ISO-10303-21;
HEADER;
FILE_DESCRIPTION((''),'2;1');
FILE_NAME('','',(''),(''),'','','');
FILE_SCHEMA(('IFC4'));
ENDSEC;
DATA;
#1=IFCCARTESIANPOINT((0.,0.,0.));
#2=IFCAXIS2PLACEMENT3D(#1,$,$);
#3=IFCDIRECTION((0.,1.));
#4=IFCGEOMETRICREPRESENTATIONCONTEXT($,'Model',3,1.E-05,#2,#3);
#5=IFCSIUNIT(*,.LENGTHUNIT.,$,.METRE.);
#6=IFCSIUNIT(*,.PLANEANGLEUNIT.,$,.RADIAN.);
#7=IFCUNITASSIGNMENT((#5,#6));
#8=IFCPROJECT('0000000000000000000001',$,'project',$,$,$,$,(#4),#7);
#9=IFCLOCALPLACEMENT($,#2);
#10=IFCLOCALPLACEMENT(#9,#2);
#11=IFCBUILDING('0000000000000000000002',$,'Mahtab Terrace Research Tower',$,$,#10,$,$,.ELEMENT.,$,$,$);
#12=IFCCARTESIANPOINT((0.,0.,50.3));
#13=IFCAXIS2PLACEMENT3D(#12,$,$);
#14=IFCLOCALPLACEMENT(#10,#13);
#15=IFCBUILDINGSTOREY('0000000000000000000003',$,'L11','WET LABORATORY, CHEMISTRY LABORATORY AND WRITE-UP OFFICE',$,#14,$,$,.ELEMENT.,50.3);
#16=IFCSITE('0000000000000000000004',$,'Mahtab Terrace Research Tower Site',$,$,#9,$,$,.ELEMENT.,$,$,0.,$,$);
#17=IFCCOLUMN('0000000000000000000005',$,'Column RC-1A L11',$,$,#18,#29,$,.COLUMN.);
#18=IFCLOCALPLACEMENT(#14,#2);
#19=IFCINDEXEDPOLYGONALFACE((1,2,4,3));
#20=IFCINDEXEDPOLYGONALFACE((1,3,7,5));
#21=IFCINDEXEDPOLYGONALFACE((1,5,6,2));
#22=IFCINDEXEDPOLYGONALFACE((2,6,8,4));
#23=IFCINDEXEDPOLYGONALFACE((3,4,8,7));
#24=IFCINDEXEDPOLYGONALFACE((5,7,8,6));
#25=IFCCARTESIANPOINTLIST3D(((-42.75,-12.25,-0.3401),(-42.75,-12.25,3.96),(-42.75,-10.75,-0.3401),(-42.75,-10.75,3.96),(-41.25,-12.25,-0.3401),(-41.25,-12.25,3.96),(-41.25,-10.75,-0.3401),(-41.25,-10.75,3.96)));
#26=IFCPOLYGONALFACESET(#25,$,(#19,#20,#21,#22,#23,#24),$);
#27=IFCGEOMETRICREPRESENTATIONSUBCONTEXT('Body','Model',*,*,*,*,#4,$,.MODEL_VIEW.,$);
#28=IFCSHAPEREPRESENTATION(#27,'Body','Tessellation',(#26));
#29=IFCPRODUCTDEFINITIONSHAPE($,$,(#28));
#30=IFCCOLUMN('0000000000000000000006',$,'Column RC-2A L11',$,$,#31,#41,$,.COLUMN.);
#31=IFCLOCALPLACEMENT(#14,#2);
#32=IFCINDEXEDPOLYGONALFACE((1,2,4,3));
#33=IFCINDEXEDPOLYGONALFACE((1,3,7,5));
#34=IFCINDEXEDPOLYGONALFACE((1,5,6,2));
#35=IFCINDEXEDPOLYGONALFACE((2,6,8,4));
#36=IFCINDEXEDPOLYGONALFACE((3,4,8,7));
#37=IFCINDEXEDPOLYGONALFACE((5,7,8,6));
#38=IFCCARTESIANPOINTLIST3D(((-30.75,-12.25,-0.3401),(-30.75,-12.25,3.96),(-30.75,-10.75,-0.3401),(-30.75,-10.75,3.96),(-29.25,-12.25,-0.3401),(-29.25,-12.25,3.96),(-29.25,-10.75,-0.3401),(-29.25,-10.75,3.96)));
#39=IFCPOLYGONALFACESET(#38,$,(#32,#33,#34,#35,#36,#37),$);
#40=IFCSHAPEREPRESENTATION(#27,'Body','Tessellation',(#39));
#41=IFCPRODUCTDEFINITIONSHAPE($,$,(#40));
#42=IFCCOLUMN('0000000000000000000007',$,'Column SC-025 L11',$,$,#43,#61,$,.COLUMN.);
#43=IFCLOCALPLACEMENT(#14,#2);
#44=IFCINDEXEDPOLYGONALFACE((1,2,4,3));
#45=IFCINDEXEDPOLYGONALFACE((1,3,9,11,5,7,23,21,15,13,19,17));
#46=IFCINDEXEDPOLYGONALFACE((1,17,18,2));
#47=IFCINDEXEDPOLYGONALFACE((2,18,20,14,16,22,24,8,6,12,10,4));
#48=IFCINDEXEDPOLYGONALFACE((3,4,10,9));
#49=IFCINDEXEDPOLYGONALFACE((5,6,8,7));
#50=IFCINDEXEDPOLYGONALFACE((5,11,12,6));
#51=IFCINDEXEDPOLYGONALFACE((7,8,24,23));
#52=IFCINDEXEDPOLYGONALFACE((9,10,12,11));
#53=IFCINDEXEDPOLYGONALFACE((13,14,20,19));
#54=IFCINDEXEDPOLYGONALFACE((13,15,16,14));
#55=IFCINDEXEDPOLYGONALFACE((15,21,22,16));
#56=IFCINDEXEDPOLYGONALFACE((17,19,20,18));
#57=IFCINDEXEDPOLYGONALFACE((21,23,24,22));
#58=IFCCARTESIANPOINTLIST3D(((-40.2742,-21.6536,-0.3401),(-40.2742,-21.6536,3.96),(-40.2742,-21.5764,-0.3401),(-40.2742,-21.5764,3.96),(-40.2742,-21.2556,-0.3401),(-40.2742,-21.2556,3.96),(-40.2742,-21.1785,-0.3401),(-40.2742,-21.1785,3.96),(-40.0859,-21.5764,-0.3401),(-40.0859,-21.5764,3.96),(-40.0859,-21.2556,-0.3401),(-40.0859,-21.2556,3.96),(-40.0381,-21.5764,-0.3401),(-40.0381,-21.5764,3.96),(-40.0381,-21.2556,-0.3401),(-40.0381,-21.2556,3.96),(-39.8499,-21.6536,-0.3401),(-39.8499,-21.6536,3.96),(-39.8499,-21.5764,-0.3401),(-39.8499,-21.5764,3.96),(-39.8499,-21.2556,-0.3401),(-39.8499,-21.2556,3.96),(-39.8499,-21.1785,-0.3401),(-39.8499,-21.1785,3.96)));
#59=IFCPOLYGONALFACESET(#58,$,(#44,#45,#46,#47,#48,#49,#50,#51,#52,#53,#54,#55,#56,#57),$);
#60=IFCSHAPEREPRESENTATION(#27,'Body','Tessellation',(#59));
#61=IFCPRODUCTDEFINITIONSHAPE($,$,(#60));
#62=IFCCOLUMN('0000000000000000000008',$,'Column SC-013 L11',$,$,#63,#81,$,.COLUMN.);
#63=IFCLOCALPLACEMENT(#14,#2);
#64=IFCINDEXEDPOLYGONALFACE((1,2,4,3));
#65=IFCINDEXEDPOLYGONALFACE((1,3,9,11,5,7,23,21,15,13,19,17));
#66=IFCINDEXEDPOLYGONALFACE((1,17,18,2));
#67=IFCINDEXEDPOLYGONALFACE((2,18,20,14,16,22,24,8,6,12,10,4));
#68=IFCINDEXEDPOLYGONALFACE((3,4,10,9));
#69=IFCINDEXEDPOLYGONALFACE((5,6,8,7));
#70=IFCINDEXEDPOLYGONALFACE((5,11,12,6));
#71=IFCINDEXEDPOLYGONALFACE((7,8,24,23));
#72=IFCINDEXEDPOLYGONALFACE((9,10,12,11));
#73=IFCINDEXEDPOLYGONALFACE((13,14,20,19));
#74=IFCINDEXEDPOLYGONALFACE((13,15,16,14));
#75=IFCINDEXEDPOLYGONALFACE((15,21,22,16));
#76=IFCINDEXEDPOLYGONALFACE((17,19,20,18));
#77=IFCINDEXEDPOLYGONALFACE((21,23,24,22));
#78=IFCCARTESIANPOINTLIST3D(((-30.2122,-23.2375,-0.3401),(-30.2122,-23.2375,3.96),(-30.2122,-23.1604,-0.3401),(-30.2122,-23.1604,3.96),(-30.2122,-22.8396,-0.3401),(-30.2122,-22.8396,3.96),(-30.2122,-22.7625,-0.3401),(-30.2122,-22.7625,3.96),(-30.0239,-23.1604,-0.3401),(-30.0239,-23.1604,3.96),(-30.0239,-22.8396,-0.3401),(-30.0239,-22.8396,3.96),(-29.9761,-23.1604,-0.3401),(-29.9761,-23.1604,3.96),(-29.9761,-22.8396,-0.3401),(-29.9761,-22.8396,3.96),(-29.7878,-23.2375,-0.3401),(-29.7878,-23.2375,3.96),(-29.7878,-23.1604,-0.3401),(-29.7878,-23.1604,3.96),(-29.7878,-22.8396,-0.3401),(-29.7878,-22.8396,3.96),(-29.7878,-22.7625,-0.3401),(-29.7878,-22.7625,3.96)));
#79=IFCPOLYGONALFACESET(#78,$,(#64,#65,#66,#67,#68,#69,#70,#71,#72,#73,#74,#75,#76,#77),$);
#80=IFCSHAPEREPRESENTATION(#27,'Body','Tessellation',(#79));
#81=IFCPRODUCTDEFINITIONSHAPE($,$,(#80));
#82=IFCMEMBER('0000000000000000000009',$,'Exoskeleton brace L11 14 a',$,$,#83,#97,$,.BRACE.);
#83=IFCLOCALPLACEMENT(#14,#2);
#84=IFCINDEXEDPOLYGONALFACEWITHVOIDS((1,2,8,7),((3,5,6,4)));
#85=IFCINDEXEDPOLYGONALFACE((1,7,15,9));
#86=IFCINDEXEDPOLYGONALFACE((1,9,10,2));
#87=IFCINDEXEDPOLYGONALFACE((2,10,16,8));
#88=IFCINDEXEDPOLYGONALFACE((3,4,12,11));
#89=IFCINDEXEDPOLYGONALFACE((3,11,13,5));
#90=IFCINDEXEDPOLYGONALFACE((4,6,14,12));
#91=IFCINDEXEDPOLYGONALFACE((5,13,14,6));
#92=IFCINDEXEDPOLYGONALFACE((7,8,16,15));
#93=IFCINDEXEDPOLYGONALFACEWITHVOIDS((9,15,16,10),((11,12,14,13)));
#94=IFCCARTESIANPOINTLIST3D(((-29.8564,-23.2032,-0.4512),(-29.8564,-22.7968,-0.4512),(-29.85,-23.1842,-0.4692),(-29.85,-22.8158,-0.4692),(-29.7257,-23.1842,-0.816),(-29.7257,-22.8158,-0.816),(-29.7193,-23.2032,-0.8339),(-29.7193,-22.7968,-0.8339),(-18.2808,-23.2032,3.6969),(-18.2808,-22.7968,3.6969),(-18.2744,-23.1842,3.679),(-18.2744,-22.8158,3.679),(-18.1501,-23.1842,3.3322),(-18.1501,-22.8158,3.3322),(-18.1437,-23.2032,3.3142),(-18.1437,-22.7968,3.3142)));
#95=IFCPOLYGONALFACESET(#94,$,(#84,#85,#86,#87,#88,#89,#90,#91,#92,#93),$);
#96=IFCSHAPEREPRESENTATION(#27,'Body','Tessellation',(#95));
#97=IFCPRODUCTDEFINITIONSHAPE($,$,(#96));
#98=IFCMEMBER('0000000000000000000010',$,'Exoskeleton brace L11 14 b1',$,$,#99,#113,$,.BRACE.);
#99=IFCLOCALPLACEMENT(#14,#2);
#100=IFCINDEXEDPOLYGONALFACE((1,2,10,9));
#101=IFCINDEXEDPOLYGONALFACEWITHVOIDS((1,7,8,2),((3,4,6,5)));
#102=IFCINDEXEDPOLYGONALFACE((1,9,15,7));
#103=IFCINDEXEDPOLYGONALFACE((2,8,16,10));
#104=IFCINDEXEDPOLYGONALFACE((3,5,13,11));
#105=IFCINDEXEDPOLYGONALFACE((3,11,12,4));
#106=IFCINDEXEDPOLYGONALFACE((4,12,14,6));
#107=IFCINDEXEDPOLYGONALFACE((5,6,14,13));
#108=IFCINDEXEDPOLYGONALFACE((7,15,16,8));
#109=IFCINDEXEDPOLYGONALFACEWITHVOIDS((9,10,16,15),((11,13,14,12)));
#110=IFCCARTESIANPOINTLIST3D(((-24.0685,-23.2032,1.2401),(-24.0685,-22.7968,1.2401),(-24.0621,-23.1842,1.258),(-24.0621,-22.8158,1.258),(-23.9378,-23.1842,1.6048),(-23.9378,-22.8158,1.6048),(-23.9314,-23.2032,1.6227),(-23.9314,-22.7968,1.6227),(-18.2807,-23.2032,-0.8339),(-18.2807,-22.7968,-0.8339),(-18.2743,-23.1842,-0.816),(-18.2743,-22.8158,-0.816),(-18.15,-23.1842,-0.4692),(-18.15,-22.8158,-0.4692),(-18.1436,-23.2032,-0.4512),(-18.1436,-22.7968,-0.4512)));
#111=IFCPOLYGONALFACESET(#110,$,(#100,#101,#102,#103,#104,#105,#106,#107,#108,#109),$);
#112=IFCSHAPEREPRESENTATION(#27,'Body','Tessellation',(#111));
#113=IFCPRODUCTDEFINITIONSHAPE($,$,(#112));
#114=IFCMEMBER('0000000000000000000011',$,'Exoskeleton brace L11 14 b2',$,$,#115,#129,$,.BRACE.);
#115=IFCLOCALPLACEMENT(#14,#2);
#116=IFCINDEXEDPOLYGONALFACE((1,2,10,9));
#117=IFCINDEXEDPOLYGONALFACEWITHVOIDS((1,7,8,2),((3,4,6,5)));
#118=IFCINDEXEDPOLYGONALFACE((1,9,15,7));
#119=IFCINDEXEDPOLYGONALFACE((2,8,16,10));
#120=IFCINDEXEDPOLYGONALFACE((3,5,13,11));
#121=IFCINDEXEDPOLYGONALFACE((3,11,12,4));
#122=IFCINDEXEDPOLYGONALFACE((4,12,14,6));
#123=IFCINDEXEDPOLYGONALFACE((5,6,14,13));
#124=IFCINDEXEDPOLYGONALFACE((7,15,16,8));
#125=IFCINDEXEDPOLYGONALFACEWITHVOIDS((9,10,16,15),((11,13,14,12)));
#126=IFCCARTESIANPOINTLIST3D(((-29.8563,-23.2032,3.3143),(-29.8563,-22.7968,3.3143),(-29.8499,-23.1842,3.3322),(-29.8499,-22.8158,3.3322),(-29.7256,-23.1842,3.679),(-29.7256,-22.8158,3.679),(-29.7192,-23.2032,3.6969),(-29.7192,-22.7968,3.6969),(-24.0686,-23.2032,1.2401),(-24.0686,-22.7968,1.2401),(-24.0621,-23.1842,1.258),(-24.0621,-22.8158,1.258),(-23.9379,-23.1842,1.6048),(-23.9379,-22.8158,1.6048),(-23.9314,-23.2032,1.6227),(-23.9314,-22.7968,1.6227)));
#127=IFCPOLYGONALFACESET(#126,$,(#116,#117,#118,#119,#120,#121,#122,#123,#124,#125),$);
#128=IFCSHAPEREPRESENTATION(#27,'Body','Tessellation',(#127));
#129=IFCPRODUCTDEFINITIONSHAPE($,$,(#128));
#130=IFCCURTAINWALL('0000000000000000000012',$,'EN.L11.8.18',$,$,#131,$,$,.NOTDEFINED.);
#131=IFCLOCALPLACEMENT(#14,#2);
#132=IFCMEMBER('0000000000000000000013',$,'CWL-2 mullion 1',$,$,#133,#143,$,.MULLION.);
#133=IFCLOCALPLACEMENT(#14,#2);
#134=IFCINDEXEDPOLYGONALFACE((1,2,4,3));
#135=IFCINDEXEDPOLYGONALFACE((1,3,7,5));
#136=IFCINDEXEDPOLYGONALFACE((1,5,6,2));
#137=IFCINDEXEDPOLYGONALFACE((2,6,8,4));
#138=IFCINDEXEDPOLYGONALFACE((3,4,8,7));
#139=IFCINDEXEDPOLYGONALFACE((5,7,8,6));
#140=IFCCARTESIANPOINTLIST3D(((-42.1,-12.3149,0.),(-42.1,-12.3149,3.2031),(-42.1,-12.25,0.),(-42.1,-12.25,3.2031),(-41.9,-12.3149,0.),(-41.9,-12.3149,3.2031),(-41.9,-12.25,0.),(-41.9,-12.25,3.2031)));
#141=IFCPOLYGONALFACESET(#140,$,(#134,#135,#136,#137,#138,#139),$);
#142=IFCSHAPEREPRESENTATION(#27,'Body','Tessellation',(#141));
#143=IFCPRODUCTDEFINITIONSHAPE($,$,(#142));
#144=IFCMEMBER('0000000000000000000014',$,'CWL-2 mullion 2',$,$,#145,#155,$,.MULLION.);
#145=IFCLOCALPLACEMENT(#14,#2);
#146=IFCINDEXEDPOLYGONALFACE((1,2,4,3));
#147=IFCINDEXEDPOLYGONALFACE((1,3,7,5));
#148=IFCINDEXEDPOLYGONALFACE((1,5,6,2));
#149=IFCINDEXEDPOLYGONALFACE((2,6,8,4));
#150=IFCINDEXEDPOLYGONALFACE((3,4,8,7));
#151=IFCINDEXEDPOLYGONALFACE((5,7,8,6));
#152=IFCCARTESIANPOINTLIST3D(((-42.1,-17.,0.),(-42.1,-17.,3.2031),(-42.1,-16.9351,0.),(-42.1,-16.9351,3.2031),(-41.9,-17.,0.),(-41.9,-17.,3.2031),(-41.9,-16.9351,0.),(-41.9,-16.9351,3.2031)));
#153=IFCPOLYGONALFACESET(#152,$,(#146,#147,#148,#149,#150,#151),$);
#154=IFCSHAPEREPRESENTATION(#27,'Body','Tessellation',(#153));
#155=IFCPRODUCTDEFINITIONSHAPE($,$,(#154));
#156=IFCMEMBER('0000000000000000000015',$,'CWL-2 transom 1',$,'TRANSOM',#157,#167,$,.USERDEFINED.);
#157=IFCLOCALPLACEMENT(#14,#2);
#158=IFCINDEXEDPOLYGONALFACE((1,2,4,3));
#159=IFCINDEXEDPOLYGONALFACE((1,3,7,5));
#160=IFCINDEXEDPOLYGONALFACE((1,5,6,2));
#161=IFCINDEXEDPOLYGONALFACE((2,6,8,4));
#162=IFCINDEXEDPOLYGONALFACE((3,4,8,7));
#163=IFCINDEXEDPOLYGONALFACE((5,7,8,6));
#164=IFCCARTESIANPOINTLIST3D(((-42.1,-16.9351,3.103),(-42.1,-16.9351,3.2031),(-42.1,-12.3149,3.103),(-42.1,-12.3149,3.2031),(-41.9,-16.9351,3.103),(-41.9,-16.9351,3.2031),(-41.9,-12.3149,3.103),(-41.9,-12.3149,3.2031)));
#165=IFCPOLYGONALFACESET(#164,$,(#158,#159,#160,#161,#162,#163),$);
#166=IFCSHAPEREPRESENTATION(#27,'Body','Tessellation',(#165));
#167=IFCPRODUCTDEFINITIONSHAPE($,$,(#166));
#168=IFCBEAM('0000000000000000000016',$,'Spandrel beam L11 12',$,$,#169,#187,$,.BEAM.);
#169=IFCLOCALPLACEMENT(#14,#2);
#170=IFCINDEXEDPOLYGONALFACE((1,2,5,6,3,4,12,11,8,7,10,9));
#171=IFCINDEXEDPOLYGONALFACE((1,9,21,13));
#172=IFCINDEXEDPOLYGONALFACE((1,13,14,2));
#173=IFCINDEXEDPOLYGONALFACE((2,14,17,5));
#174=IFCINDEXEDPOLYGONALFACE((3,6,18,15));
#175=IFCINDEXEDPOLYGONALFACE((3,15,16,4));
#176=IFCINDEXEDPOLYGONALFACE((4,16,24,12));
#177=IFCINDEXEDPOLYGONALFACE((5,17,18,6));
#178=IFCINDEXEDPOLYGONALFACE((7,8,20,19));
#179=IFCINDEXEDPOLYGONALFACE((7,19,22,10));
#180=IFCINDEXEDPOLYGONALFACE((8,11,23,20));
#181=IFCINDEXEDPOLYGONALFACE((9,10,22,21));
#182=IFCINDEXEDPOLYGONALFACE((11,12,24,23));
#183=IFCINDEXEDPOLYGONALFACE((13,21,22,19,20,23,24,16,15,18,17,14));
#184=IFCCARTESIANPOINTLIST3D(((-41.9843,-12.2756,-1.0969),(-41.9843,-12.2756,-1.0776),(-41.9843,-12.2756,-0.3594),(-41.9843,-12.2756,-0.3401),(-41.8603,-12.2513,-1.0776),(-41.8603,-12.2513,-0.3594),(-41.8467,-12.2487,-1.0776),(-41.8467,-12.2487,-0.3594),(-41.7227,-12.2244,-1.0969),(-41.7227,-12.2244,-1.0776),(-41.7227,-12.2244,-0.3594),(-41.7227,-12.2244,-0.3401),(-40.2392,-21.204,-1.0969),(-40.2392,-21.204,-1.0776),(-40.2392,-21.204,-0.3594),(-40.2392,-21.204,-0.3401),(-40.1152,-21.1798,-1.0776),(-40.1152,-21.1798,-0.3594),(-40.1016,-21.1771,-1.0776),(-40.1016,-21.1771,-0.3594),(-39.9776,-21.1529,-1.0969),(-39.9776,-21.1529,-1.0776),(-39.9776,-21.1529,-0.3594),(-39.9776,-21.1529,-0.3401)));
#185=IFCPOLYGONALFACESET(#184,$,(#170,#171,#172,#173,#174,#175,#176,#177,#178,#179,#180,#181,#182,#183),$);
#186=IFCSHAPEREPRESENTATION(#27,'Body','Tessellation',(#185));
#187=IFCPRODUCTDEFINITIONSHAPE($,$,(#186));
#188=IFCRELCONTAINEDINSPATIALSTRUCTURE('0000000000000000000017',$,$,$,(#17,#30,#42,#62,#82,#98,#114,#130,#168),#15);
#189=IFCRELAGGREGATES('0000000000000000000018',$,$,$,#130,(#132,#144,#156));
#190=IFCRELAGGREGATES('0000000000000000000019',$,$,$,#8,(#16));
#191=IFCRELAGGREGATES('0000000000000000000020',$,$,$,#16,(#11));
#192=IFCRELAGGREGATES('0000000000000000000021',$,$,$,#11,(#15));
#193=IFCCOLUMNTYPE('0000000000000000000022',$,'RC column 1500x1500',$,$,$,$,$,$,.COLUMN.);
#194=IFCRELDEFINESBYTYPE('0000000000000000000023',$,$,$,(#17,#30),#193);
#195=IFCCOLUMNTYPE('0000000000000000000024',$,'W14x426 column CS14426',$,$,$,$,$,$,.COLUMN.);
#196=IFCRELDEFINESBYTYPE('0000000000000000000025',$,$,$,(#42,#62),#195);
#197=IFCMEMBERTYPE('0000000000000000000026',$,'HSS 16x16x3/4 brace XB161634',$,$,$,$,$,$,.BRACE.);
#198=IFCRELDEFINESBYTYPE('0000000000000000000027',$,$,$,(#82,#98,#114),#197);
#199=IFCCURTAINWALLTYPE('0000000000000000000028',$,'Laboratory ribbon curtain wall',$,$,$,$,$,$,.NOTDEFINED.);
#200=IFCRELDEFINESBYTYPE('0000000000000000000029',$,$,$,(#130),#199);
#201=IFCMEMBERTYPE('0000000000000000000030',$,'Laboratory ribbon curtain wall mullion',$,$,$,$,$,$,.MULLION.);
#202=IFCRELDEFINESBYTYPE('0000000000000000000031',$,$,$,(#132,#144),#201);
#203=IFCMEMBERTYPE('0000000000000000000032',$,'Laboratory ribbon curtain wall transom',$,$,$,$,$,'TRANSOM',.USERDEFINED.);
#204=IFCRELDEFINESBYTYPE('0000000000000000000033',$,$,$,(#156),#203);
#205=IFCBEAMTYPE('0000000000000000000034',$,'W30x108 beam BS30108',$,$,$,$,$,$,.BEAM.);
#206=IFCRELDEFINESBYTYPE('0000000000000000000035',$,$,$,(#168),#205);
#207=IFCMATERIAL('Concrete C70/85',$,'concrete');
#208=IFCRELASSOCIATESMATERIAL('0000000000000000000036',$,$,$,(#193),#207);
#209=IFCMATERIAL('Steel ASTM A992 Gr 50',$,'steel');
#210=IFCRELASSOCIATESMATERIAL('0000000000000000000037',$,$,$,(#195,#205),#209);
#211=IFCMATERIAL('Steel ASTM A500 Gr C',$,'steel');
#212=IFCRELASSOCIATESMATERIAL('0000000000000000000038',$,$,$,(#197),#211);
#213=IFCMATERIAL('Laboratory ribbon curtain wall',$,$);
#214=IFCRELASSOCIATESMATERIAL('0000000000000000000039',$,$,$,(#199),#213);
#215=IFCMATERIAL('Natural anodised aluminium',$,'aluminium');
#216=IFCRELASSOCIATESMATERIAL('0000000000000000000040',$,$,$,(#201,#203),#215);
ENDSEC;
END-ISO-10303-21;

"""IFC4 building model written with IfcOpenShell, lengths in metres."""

from ifc_helpers import new_model, si_unit, direction, frame, origin, origin_2d, place, context, subcontext, project, spatial, rectangle, hollow_rectangle, i_section, extrude, material, material_profile, profile_set, type_object, element, aggregate, save


model = new_model("IFC4")

# Units and contexts
model_context = context("Model", 3, precision=1e-05, world=origin(), true_north=direction((0.0, 1.0)))
body_context = subcontext(model_context, "Body", "Model", "MODEL_VIEW")
ifc_project = project(units=[si_unit("LENGTHUNIT", "METRE"), si_unit("PLANEANGLEUNIT", "RADIAN")], contexts=[model_context])

# Site, building, storey
site_placement = place(None, origin())
site = spatial("IfcSite", under=ifc_project, at=site_placement, Name="Mahtab Terrace Research Tower Site", CompositionType="ELEMENT", RefElevation=0.0)
building_placement = place(site_placement, origin())
building = spatial("IfcBuilding", under=site, at=building_placement, Name="Mahtab Terrace Research Tower", CompositionType="ELEMENT")
storey_placement = place(building_placement, frame((0.0, 0.0, 50.3)))
storey = spatial("IfcBuildingStorey", under=building, at=storey_placement, Name="L11", Description="WET LABORATORY, CHEMISTRY LABORATORY AND WRITE-UP OFFICE", CompositionType="ELEMENT", Elevation=50.3)

# Columns
ifc_material_1 = material(Name="Concrete C70/85", Category="concrete")
ifc_material_profile_1 = material_profile(ifc_material_1, rectangle(XDim=1.5, YDim=1.5, at=origin_2d()), Name="RC column 1500x1500")
ifc_profile_set_1 = profile_set([ifc_material_profile_1], Name="Concrete C70/85")
column_type_1 = type_object("IfcColumnType", Name="RC column 1500x1500", PredefinedType="COLUMN", material=ifc_profile_set_1)
for number, where, z_axis, x_axis, name in (
    (1, (-42.0, -11.5, -0.3401), (0.0, 0.0, 1.0), (1.0, 0.0, 0.0), "Column RC-1A L11"),
    (2, (-30.0, -11.5, -0.3401), (0.0, 0.0, 1.0), (1.0, 0.0, 0.0), "Column RC-2A L11"),
):
    element("IfcColumn", number, at=place(storey_placement, frame(where, z_axis=z_axis, x_axis=x_axis)), inside=storey, type_object=column_type_1, Name=name, PredefinedType="COLUMN", context=body_context, shape_type="SweptSolid", body=[
        extrude(rectangle(XDim=1.5, YDim=1.5, at=origin_2d()), origin(), (0.0, 0.0, 1.0), 4.3),
    ])
ifc_material_2 = material(Name="Steel ASTM A992 Gr 50", Category="steel")
ifc_material_profile_2 = material_profile(ifc_material_2, i_section(OverallWidth=0.4243, OverallDepth=0.4751, WebThickness=0.0479, FlangeThickness=0.0771, at=origin_2d()), Name="W14X426")
ifc_profile_set_2 = profile_set([ifc_material_profile_2], Name="Steel ASTM A992 Gr 50")
column_type_2 = type_object("IfcColumnType", Name="W14x426 column CS14426", PredefinedType="COLUMN", material=ifc_profile_set_2)
for number, where, z_axis, x_axis, name in (
    (3, (-40.062, -21.416, -0.3401), (0.0, 0.0, 1.0), (1.0, 0.0, 0.0), "Column SC-025 L11"),
    (4, (-30.0, -23.0, -0.3401), (0.0, 0.0, 1.0), (1.0, 0.0, 0.0), "Column SC-013 L11"),
):
    element("IfcColumn", number, at=place(storey_placement, frame(where, z_axis=z_axis, x_axis=x_axis)), inside=storey, type_object=column_type_2, Name=name, PredefinedType="COLUMN", context=body_context, shape_type="SweptSolid", body=[
        extrude(i_section(OverallWidth=0.4243, OverallDepth=0.4751, WebThickness=0.0479, FlangeThickness=0.0771, at=origin_2d()), origin(), (0.0, 0.0, 1.0), 4.3),
    ])

# Members
ifc_material_3 = material(Name="Steel ASTM A500 Gr C", Category="steel")
ifc_material_profile_3 = material_profile(ifc_material_3, hollow_rectangle(XDim=0.4065, YDim=0.4065, WallThickness=0.019, at=origin_2d()), Name="HSS16X16X3/4")
ifc_profile_set_3 = profile_set([ifc_material_profile_3], Name="Steel ASTM A500 Gr C")
member_type_1 = type_object("IfcMemberType", Name="HSS 16x16x3/4 brace XB161634", PredefinedType="BRACE", material=ifc_profile_set_3)
member_1_placement = place(storey_placement, frame((-29.7878, -23.0, -0.6426), z_axis=(0.94138, 0.0, 0.337347), x_axis=(0.0, 1.0, 0.0)))
element("IfcMember", 5, at=member_1_placement, inside=storey, type_object=member_type_1, Name="Exoskeleton brace L11 14 a", PredefinedType="BRACE", context=body_context, shape_type="SweptSolid", body=[
    extrude(hollow_rectangle(XDim=0.4065, YDim=0.4065, WallThickness=0.019, at=origin_2d()), origin(), (0.0, 0.0, 1.0), 12.2964),
])
for number, where, z_axis, x_axis, name in (
    (6, (-18.2122, -23.0, -0.6426), (-0.941387, 0.0, 0.33733), (0.0, -1.0, 0.0), "Exoskeleton brace L11 14 b1"),
    (7, (-24.0, -23.0, 1.4314), (-0.941374, 0.0, 0.337365), (0.0, -1.0, 0.0), "Exoskeleton brace L11 14 b2"),
):
    element("IfcMember", number, at=place(storey_placement, frame(where, z_axis=z_axis, x_axis=x_axis)), inside=storey, type_object=member_type_1, Name=name, PredefinedType="BRACE", context=body_context, shape_type="SweptSolid", body=[
        extrude(hollow_rectangle(XDim=0.4065, YDim=0.4065, WallThickness=0.019, at=origin_2d()), origin(), (0.0, 0.0, 1.0), 6.1482),
    ])

# Curtain wall, members
ifc_material_4 = material(Name="Laboratory ribbon curtain wall")
curtain_wall_type = type_object("IfcCurtainWallType", Name="Laboratory ribbon curtain wall", PredefinedType="NOTDEFINED", material=ifc_material_4)
curtain_wall_placement = place(storey_placement, origin())
curtain_wall = element("IfcCurtainWall", 8, at=curtain_wall_placement, inside=storey, type_object=curtain_wall_type, Name="EN.L11.8.18", PredefinedType="NOTDEFINED")
ifc_material_5 = material(Name="Natural anodised aluminium", Category="aluminium")
ifc_material_profile_4 = material_profile(ifc_material_5, rectangle(XDim=0.2, YDim=0.0649, at=origin_2d()), Name="MULLION 65x200")
ifc_profile_set_4 = profile_set([ifc_material_profile_4], Name="Natural anodised aluminium")
member_type_2 = type_object("IfcMemberType", Name="Laboratory ribbon curtain wall mullion", PredefinedType="MULLION", material=ifc_profile_set_4)
member_2_placement = place(storey_placement, frame((-42.0, -12.2825, 0.0), z_axis=(0.0, 0.0, 1.0), x_axis=(1.0, 0.0, 0.0)))
member_2 = element("IfcMember", 9, at=member_2_placement, type_object=member_type_2, Name="CWL-2 mullion 1", PredefinedType="MULLION", context=body_context, shape_type="SweptSolid", body=[
    extrude(rectangle(XDim=0.2, YDim=0.0649, at=origin_2d()), origin(), (0.0, 0.0, 1.0), 3.2031),
])
member_3_placement = place(storey_placement, frame((-42.0, -16.9675, 0.0), z_axis=(0.0, 0.0, 1.0), x_axis=(1.0, 0.0, 0.0)))
member_3 = element("IfcMember", 10, at=member_3_placement, type_object=member_type_2, Name="CWL-2 mullion 2", PredefinedType="MULLION", context=body_context, shape_type="SweptSolid", body=[
    extrude(rectangle(XDim=0.2, YDim=0.0649, at=origin_2d()), origin(), (0.0, 0.0, 1.0), 3.2031),
])
ifc_material_profile_5 = material_profile(ifc_material_5, rectangle(XDim=0.2, YDim=0.1001, at=origin_2d()), Name="TRANSOM 100x200")
ifc_profile_set_5 = profile_set([ifc_material_profile_5], Name="Natural anodised aluminium")
member_type_3 = type_object("IfcMemberType", Name="Laboratory ribbon curtain wall transom", ElementType="TRANSOM", PredefinedType="USERDEFINED", material=ifc_profile_set_5)
member_4_placement = place(storey_placement, frame((-42.0, -12.3149, 3.1531), z_axis=(0.0, -1.0, 0.0), x_axis=(1.0, 0.0, 0.0)))
member_4 = element("IfcMember", 11, at=member_4_placement, type_object=member_type_3, Name="CWL-2 transom 1", ObjectType="TRANSOM", PredefinedType="USERDEFINED", context=body_context, shape_type="SweptSolid", body=[
    extrude(rectangle(XDim=0.2, YDim=0.1001, at=origin_2d()), origin(), (0.0, 0.0, 1.0), 4.6201),
])

# Beam
ifc_material_profile_6 = material_profile(ifc_material_2, i_section(OverallWidth=0.2666, OverallDepth=0.7568, WebThickness=0.0139, FlangeThickness=0.0193, at=origin_2d()), Name="W30X108")
ifc_profile_set_6 = profile_set([ifc_material_profile_6], Name="Steel ASTM A992 Gr 50")
beam_type = type_object("IfcBeamType", Name="W30x108 beam BS30108", PredefinedType="BEAM", material=ifc_profile_set_6)
beam_1_placement = place(storey_placement, frame((-41.8535, -12.25, -0.7185), z_axis=(0.191826, -0.981429, 0.0), x_axis=(0.981429, 0.191826, 0.0)))
element("IfcBeam", 12, at=beam_1_placement, inside=storey, type_object=beam_type, Name="Spandrel beam L11 12", PredefinedType="BEAM", context=body_context, shape_type="SweptSolid", body=[
    extrude(i_section(OverallWidth=0.2666, OverallDepth=0.7568, WebThickness=0.0139, FlangeThickness=0.0193, at=origin_2d()), origin(), (0.0, 0.0, 1.0), 9.0974),
])

aggregate(curtain_wall, [member_2, member_3, member_4])

save(model, "model.ifc")
